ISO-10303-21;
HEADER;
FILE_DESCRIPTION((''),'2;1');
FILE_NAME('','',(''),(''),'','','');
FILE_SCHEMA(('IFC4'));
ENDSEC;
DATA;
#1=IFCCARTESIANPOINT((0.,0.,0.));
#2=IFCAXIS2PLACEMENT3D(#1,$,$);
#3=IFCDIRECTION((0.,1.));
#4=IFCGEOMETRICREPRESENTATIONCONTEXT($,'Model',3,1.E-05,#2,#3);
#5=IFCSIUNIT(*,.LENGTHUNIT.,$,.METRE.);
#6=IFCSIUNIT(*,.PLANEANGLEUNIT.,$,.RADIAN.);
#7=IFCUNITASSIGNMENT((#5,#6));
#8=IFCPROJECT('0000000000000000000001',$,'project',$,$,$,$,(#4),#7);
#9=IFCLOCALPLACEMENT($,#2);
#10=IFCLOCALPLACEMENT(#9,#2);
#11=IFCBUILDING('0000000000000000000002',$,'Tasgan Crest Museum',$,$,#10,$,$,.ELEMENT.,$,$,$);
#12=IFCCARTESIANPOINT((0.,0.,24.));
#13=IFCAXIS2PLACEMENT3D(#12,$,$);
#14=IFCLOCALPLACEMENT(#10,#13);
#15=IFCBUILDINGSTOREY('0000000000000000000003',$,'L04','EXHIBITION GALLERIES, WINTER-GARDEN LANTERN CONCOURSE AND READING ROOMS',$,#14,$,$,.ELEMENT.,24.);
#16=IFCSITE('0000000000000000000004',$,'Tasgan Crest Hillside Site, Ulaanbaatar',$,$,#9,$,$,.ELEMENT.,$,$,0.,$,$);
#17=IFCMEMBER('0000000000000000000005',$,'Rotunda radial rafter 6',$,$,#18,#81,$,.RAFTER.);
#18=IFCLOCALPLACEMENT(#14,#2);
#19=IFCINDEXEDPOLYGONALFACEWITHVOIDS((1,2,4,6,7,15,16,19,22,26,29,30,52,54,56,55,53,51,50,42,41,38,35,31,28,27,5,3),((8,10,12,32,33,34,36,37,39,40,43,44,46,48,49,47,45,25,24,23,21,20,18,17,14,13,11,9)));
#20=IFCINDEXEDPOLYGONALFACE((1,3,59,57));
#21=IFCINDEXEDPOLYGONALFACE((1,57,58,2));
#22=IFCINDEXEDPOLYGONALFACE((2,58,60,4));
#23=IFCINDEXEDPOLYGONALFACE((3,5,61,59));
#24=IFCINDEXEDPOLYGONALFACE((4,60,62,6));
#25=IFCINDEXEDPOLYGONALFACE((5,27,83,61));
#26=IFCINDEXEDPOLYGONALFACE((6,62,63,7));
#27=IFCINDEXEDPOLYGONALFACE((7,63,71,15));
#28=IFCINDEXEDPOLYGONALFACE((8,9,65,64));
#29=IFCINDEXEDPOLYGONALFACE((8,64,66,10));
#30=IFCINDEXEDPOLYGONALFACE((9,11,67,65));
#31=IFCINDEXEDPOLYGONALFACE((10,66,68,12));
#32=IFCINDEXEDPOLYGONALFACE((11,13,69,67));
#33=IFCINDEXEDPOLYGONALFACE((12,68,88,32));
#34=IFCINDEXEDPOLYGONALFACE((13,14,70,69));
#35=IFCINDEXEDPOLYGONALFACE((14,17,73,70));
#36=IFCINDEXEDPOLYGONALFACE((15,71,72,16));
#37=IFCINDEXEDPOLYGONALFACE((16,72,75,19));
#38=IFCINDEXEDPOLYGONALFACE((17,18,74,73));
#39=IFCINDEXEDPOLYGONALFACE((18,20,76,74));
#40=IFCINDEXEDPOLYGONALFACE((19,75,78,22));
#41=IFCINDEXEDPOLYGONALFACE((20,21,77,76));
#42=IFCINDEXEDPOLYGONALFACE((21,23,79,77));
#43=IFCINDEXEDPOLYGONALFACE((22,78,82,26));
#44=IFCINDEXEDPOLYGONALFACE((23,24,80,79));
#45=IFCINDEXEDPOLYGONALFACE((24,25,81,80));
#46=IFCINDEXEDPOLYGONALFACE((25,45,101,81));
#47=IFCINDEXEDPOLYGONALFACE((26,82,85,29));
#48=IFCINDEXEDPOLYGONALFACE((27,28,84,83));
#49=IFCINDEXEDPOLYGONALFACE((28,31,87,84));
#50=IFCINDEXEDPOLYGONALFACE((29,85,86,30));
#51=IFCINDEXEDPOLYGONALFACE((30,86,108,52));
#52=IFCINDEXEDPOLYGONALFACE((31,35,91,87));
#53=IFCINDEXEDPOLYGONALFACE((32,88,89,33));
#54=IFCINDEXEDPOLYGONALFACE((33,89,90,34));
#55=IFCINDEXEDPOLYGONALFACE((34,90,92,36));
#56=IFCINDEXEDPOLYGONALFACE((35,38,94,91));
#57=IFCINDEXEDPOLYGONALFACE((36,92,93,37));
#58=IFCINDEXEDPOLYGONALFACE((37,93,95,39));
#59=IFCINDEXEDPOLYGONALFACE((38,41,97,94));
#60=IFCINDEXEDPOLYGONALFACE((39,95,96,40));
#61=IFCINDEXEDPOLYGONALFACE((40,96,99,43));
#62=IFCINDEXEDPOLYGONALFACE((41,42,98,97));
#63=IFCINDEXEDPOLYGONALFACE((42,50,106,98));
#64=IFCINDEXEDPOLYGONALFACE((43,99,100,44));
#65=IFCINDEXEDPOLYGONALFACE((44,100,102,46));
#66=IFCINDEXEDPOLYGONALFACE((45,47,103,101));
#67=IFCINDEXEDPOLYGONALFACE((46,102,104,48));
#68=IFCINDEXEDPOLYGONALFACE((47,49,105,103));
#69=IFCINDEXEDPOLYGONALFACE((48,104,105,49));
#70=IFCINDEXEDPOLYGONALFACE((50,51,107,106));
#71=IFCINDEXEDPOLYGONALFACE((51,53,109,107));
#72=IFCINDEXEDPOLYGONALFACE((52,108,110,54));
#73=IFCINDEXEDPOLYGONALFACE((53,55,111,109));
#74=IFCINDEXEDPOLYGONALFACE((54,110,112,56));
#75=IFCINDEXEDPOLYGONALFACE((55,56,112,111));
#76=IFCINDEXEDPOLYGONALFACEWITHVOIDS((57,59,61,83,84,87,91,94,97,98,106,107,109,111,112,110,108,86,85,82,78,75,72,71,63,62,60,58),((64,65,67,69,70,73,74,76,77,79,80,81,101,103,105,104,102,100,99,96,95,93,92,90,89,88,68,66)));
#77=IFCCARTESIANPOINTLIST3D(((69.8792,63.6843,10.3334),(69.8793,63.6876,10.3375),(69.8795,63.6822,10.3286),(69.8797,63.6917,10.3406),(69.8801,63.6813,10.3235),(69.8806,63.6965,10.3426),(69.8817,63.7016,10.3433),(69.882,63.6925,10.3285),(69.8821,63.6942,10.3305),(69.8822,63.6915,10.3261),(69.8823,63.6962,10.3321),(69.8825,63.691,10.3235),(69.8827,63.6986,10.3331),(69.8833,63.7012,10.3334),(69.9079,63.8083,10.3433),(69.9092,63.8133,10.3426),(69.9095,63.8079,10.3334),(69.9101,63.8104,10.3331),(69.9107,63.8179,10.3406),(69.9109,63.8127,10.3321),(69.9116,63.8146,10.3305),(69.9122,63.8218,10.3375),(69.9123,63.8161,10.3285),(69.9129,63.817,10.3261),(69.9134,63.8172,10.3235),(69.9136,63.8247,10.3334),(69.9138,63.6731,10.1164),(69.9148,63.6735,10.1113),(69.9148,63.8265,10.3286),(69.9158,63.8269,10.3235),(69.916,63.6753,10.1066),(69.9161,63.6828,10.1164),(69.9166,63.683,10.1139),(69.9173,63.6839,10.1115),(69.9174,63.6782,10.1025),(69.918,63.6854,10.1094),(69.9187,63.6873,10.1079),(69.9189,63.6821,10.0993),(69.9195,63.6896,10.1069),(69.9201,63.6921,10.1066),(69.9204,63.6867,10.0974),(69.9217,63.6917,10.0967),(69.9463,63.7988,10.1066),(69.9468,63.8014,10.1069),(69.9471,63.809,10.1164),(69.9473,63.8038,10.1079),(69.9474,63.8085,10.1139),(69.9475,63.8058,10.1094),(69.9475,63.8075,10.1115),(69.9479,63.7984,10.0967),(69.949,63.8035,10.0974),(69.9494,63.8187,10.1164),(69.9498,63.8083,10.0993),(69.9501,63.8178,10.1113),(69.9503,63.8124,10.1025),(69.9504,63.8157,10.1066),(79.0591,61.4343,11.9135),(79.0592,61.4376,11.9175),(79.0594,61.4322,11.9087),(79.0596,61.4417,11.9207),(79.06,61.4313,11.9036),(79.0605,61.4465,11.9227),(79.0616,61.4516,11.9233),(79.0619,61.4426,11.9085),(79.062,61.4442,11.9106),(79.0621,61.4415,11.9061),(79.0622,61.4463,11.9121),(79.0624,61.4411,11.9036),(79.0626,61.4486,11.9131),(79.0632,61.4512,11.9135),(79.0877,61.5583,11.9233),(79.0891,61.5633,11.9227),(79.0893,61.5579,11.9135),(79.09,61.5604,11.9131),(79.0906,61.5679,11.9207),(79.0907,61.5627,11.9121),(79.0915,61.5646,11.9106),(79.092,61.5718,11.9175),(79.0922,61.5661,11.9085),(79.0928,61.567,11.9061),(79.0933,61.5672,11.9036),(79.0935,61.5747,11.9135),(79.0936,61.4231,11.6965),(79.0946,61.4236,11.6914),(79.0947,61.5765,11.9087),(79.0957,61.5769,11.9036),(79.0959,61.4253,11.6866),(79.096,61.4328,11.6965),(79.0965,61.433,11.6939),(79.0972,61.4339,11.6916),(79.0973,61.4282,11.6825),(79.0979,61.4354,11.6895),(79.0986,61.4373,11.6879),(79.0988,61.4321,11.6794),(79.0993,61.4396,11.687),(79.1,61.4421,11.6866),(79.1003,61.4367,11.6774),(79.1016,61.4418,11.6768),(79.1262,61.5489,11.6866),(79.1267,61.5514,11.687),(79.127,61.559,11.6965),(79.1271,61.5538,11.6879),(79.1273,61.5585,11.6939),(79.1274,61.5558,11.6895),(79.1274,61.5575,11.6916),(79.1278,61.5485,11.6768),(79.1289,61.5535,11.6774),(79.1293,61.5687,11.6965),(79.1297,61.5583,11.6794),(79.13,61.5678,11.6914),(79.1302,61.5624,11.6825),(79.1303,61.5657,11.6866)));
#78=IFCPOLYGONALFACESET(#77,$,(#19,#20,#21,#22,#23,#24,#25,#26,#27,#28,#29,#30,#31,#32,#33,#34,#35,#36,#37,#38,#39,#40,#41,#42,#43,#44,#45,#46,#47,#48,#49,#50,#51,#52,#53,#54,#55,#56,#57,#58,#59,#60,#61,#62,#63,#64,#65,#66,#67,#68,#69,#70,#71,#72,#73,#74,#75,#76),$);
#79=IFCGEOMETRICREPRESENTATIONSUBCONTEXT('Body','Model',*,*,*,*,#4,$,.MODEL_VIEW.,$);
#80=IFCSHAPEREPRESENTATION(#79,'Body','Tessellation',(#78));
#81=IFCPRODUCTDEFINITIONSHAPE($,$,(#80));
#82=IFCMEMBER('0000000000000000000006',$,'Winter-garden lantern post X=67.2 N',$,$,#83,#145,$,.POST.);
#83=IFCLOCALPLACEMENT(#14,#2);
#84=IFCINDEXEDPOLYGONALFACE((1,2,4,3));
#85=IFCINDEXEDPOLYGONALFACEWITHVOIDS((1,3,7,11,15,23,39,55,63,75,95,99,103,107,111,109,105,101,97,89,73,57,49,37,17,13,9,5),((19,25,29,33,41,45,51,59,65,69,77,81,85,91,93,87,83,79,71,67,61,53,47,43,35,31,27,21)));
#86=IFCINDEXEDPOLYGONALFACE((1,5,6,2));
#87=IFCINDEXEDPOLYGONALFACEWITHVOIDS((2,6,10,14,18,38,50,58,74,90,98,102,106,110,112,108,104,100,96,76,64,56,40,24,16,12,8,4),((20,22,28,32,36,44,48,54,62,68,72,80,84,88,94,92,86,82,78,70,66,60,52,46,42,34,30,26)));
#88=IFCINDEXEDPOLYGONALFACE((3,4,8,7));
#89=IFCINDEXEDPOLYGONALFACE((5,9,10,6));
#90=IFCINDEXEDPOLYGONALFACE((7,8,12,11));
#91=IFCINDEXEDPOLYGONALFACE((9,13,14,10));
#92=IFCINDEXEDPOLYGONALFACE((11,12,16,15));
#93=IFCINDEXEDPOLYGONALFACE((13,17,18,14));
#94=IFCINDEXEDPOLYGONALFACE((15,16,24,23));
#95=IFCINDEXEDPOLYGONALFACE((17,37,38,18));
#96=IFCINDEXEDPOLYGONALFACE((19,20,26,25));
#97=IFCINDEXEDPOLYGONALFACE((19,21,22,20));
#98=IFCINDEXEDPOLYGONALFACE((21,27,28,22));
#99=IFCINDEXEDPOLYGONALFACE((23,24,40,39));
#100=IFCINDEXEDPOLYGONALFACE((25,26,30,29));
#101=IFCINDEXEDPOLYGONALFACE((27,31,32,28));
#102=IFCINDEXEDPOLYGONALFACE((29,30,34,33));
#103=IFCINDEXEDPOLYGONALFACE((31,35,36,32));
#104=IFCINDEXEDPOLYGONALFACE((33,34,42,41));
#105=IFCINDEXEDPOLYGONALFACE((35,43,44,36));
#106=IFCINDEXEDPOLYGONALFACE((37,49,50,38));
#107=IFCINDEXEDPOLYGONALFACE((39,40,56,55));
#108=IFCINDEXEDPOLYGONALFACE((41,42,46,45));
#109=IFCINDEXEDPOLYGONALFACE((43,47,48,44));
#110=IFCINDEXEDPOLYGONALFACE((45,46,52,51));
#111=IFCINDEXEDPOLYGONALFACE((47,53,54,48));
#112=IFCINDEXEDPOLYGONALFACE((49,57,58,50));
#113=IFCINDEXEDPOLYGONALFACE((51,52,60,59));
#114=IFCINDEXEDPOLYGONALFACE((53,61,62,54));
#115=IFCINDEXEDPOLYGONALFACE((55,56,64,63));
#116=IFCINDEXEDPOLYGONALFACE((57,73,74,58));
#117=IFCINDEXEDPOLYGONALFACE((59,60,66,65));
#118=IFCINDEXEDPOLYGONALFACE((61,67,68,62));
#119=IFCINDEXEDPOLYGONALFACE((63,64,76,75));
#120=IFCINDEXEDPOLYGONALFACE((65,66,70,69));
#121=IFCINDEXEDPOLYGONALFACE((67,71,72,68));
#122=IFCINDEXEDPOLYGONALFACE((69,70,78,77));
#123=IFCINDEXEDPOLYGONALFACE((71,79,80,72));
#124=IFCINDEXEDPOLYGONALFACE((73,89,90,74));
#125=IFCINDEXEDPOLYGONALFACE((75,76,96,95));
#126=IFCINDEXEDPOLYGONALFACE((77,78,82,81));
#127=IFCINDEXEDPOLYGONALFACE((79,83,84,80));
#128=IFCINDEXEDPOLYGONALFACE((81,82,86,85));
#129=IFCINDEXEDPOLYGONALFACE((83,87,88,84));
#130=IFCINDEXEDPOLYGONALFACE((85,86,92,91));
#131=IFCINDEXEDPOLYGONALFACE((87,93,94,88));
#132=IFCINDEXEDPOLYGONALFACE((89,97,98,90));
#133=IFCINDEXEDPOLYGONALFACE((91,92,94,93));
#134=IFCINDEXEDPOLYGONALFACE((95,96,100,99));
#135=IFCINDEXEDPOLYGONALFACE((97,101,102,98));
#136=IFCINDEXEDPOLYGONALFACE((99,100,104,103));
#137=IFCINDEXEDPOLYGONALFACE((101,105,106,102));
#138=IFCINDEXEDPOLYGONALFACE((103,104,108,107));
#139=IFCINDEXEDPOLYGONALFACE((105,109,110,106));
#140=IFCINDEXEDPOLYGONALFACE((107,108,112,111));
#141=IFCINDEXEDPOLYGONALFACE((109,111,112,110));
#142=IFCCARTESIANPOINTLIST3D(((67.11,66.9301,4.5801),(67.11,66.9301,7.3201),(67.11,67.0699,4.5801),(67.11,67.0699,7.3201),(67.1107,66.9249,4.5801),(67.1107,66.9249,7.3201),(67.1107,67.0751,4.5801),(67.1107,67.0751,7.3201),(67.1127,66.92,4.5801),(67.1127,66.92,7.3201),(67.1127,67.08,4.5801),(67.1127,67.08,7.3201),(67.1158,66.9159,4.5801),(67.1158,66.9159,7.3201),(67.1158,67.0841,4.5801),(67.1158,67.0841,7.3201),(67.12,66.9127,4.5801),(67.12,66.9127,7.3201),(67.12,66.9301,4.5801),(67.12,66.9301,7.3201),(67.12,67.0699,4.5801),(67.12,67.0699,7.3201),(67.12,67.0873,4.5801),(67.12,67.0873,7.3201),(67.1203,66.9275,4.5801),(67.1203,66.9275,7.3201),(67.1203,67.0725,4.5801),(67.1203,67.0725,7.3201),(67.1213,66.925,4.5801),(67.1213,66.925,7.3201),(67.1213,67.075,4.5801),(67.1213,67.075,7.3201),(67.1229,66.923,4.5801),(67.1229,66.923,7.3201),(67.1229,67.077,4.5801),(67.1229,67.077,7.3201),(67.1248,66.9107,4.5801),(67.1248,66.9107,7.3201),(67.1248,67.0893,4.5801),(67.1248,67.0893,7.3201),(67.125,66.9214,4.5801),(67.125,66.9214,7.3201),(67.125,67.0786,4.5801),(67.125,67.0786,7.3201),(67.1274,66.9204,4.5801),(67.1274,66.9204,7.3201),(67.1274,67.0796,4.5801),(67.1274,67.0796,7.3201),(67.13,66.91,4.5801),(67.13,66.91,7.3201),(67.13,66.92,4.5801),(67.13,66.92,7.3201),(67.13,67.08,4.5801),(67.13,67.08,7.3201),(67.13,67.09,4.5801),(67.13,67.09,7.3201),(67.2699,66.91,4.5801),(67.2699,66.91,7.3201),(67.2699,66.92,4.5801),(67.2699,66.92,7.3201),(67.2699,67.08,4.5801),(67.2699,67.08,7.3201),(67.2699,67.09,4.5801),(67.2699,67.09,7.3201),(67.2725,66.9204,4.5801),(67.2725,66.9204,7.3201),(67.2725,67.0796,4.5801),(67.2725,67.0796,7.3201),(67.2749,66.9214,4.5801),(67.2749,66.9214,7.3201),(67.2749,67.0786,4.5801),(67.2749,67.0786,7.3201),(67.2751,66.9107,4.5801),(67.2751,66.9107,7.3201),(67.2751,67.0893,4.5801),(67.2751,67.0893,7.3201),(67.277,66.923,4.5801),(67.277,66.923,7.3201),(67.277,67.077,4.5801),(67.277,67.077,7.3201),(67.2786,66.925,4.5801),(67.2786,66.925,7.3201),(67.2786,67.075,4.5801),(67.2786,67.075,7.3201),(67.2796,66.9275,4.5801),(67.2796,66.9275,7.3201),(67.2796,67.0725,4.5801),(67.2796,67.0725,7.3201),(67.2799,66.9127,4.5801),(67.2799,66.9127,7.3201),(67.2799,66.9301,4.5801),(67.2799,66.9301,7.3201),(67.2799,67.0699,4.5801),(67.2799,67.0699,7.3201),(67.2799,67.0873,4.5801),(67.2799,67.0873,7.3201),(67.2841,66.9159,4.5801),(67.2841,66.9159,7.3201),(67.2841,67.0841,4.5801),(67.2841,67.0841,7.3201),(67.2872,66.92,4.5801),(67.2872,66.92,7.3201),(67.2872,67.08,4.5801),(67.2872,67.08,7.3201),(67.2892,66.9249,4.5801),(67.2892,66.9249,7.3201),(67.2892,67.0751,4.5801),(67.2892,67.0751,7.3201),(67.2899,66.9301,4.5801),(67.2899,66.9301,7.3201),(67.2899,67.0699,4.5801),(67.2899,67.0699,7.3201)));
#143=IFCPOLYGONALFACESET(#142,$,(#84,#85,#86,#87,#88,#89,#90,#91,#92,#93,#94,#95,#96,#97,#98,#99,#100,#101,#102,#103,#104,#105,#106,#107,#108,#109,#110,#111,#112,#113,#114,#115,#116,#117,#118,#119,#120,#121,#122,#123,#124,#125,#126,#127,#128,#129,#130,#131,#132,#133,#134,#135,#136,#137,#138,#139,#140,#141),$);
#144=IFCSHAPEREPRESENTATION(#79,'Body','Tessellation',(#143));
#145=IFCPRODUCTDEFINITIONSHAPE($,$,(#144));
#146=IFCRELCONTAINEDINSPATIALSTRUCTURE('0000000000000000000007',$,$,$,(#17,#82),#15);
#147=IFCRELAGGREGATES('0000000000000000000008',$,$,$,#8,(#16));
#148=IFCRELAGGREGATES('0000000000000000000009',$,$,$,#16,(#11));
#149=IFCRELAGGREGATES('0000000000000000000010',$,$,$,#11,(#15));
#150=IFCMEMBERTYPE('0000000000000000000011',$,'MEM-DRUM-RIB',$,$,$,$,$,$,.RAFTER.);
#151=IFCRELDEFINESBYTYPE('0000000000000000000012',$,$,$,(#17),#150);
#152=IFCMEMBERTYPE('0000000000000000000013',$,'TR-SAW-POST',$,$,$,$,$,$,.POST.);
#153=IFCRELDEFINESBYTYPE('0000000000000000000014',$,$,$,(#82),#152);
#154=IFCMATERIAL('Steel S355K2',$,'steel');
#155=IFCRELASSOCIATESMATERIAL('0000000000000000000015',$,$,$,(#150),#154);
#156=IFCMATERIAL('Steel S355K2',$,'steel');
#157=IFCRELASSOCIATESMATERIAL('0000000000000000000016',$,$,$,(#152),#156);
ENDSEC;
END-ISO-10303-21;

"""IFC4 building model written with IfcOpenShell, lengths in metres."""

from ifc_helpers import new_model, si_unit, direction, frame, origin, origin_2d, place, context, subcontext, project, spatial, hollow_rectangle, extrude, material, material_profile, profile_set, type_object, element, save


model = new_model("IFC4")

# Units and contexts
model_context = context("Model", 3, precision=1e-05, world=origin(), true_north=direction((0.0, 1.0)))
body_context = subcontext(model_context, "Body", "Model", "MODEL_VIEW")
ifc_project = project(units=[si_unit("LENGTHUNIT", "METRE"), si_unit("PLANEANGLEUNIT", "RADIAN")], contexts=[model_context])

# Site, building, storey
site_placement = place(None, origin())
site = spatial("IfcSite", under=ifc_project, at=site_placement, Name="Tasgan Crest Hillside Site, Ulaanbaatar", CompositionType="ELEMENT", RefElevation=0.0)
building_placement = place(site_placement, origin())
building = spatial("IfcBuilding", under=site, at=building_placement, Name="Tasgan Crest Museum", CompositionType="ELEMENT")
storey_placement = place(building_placement, frame((0.0, 0.0, 24.0)))
storey = spatial("IfcBuildingStorey", under=building, at=storey_placement, Name="L04", Description="EXHIBITION GALLERIES, WINTER-GARDEN LANTERN CONCOURSE AND READING ROOMS", CompositionType="ELEMENT", Elevation=24.0)

# Members
ifc_material_1 = material(Name="Steel S355K2", Category="steel")
ifc_material_profile_1 = material_profile(ifc_material_1, hollow_rectangle(XDim=0.1499, YDim=0.25, WallThickness=0.01, InnerFilletRadius=0.01, OuterFilletRadius=0.02, at=origin_2d()), Name="RHS 250x150x10")
ifc_profile_set_1 = profile_set([ifc_material_profile_1], Name="Steel S355K2")
member_type_1 = type_object("IfcMemberType", Name="MEM-DRUM-RIB", PredefinedType="RAFTER", material=ifc_profile_set_1)
member_1_placement = place(storey_placement, frame((69.9148, 63.75, 10.22), z_axis=(0.957958, -0.234795, 0.164887), x_axis=(0.238054, 0.971252, 0.0)))
element("IfcMember", 1, at=member_1_placement, inside=storey, type_object=member_type_1, Name="Rotunda radial rafter 6", PredefinedType="RAFTER", context=body_context, shape_type="SweptSolid", body=[
    extrude(hollow_rectangle(XDim=0.1499, YDim=0.25, WallThickness=0.01, InnerFilletRadius=0.01, OuterFilletRadius=0.02, at=origin_2d()), origin(), (0.0, 0.0, 1.0), 9.5828),
])
ifc_material_2 = material(Name="Steel S355K2", Category="steel")
ifc_material_profile_2 = material_profile(ifc_material_2, hollow_rectangle(XDim=0.1799, YDim=0.1799, WallThickness=0.01, InnerFilletRadius=0.01, OuterFilletRadius=0.02, at=origin_2d()), Name="SHS 180x180x10")
ifc_profile_set_2 = profile_set([ifc_material_profile_2], Name="Steel S355K2")
member_type_2 = type_object("IfcMemberType", Name="TR-SAW-POST", PredefinedType="POST", material=ifc_profile_set_2)
member_2_placement = place(storey_placement, frame((67.2, 67.0, 4.5801), z_axis=(0.0, 0.0, 1.0), x_axis=(1.0, 0.0, 0.0)))
element("IfcMember", 2, at=member_2_placement, inside=storey, type_object=member_type_2, Name="Winter-garden lantern post X=67.2 N", PredefinedType="POST", context=body_context, shape_type="SweptSolid", body=[
    extrude(hollow_rectangle(XDim=0.1799, YDim=0.1799, WallThickness=0.01, InnerFilletRadius=0.01, OuterFilletRadius=0.02, at=origin_2d()), origin(), (0.0, 0.0, 1.0), 2.74),
])

save(model, "model.ifc")
